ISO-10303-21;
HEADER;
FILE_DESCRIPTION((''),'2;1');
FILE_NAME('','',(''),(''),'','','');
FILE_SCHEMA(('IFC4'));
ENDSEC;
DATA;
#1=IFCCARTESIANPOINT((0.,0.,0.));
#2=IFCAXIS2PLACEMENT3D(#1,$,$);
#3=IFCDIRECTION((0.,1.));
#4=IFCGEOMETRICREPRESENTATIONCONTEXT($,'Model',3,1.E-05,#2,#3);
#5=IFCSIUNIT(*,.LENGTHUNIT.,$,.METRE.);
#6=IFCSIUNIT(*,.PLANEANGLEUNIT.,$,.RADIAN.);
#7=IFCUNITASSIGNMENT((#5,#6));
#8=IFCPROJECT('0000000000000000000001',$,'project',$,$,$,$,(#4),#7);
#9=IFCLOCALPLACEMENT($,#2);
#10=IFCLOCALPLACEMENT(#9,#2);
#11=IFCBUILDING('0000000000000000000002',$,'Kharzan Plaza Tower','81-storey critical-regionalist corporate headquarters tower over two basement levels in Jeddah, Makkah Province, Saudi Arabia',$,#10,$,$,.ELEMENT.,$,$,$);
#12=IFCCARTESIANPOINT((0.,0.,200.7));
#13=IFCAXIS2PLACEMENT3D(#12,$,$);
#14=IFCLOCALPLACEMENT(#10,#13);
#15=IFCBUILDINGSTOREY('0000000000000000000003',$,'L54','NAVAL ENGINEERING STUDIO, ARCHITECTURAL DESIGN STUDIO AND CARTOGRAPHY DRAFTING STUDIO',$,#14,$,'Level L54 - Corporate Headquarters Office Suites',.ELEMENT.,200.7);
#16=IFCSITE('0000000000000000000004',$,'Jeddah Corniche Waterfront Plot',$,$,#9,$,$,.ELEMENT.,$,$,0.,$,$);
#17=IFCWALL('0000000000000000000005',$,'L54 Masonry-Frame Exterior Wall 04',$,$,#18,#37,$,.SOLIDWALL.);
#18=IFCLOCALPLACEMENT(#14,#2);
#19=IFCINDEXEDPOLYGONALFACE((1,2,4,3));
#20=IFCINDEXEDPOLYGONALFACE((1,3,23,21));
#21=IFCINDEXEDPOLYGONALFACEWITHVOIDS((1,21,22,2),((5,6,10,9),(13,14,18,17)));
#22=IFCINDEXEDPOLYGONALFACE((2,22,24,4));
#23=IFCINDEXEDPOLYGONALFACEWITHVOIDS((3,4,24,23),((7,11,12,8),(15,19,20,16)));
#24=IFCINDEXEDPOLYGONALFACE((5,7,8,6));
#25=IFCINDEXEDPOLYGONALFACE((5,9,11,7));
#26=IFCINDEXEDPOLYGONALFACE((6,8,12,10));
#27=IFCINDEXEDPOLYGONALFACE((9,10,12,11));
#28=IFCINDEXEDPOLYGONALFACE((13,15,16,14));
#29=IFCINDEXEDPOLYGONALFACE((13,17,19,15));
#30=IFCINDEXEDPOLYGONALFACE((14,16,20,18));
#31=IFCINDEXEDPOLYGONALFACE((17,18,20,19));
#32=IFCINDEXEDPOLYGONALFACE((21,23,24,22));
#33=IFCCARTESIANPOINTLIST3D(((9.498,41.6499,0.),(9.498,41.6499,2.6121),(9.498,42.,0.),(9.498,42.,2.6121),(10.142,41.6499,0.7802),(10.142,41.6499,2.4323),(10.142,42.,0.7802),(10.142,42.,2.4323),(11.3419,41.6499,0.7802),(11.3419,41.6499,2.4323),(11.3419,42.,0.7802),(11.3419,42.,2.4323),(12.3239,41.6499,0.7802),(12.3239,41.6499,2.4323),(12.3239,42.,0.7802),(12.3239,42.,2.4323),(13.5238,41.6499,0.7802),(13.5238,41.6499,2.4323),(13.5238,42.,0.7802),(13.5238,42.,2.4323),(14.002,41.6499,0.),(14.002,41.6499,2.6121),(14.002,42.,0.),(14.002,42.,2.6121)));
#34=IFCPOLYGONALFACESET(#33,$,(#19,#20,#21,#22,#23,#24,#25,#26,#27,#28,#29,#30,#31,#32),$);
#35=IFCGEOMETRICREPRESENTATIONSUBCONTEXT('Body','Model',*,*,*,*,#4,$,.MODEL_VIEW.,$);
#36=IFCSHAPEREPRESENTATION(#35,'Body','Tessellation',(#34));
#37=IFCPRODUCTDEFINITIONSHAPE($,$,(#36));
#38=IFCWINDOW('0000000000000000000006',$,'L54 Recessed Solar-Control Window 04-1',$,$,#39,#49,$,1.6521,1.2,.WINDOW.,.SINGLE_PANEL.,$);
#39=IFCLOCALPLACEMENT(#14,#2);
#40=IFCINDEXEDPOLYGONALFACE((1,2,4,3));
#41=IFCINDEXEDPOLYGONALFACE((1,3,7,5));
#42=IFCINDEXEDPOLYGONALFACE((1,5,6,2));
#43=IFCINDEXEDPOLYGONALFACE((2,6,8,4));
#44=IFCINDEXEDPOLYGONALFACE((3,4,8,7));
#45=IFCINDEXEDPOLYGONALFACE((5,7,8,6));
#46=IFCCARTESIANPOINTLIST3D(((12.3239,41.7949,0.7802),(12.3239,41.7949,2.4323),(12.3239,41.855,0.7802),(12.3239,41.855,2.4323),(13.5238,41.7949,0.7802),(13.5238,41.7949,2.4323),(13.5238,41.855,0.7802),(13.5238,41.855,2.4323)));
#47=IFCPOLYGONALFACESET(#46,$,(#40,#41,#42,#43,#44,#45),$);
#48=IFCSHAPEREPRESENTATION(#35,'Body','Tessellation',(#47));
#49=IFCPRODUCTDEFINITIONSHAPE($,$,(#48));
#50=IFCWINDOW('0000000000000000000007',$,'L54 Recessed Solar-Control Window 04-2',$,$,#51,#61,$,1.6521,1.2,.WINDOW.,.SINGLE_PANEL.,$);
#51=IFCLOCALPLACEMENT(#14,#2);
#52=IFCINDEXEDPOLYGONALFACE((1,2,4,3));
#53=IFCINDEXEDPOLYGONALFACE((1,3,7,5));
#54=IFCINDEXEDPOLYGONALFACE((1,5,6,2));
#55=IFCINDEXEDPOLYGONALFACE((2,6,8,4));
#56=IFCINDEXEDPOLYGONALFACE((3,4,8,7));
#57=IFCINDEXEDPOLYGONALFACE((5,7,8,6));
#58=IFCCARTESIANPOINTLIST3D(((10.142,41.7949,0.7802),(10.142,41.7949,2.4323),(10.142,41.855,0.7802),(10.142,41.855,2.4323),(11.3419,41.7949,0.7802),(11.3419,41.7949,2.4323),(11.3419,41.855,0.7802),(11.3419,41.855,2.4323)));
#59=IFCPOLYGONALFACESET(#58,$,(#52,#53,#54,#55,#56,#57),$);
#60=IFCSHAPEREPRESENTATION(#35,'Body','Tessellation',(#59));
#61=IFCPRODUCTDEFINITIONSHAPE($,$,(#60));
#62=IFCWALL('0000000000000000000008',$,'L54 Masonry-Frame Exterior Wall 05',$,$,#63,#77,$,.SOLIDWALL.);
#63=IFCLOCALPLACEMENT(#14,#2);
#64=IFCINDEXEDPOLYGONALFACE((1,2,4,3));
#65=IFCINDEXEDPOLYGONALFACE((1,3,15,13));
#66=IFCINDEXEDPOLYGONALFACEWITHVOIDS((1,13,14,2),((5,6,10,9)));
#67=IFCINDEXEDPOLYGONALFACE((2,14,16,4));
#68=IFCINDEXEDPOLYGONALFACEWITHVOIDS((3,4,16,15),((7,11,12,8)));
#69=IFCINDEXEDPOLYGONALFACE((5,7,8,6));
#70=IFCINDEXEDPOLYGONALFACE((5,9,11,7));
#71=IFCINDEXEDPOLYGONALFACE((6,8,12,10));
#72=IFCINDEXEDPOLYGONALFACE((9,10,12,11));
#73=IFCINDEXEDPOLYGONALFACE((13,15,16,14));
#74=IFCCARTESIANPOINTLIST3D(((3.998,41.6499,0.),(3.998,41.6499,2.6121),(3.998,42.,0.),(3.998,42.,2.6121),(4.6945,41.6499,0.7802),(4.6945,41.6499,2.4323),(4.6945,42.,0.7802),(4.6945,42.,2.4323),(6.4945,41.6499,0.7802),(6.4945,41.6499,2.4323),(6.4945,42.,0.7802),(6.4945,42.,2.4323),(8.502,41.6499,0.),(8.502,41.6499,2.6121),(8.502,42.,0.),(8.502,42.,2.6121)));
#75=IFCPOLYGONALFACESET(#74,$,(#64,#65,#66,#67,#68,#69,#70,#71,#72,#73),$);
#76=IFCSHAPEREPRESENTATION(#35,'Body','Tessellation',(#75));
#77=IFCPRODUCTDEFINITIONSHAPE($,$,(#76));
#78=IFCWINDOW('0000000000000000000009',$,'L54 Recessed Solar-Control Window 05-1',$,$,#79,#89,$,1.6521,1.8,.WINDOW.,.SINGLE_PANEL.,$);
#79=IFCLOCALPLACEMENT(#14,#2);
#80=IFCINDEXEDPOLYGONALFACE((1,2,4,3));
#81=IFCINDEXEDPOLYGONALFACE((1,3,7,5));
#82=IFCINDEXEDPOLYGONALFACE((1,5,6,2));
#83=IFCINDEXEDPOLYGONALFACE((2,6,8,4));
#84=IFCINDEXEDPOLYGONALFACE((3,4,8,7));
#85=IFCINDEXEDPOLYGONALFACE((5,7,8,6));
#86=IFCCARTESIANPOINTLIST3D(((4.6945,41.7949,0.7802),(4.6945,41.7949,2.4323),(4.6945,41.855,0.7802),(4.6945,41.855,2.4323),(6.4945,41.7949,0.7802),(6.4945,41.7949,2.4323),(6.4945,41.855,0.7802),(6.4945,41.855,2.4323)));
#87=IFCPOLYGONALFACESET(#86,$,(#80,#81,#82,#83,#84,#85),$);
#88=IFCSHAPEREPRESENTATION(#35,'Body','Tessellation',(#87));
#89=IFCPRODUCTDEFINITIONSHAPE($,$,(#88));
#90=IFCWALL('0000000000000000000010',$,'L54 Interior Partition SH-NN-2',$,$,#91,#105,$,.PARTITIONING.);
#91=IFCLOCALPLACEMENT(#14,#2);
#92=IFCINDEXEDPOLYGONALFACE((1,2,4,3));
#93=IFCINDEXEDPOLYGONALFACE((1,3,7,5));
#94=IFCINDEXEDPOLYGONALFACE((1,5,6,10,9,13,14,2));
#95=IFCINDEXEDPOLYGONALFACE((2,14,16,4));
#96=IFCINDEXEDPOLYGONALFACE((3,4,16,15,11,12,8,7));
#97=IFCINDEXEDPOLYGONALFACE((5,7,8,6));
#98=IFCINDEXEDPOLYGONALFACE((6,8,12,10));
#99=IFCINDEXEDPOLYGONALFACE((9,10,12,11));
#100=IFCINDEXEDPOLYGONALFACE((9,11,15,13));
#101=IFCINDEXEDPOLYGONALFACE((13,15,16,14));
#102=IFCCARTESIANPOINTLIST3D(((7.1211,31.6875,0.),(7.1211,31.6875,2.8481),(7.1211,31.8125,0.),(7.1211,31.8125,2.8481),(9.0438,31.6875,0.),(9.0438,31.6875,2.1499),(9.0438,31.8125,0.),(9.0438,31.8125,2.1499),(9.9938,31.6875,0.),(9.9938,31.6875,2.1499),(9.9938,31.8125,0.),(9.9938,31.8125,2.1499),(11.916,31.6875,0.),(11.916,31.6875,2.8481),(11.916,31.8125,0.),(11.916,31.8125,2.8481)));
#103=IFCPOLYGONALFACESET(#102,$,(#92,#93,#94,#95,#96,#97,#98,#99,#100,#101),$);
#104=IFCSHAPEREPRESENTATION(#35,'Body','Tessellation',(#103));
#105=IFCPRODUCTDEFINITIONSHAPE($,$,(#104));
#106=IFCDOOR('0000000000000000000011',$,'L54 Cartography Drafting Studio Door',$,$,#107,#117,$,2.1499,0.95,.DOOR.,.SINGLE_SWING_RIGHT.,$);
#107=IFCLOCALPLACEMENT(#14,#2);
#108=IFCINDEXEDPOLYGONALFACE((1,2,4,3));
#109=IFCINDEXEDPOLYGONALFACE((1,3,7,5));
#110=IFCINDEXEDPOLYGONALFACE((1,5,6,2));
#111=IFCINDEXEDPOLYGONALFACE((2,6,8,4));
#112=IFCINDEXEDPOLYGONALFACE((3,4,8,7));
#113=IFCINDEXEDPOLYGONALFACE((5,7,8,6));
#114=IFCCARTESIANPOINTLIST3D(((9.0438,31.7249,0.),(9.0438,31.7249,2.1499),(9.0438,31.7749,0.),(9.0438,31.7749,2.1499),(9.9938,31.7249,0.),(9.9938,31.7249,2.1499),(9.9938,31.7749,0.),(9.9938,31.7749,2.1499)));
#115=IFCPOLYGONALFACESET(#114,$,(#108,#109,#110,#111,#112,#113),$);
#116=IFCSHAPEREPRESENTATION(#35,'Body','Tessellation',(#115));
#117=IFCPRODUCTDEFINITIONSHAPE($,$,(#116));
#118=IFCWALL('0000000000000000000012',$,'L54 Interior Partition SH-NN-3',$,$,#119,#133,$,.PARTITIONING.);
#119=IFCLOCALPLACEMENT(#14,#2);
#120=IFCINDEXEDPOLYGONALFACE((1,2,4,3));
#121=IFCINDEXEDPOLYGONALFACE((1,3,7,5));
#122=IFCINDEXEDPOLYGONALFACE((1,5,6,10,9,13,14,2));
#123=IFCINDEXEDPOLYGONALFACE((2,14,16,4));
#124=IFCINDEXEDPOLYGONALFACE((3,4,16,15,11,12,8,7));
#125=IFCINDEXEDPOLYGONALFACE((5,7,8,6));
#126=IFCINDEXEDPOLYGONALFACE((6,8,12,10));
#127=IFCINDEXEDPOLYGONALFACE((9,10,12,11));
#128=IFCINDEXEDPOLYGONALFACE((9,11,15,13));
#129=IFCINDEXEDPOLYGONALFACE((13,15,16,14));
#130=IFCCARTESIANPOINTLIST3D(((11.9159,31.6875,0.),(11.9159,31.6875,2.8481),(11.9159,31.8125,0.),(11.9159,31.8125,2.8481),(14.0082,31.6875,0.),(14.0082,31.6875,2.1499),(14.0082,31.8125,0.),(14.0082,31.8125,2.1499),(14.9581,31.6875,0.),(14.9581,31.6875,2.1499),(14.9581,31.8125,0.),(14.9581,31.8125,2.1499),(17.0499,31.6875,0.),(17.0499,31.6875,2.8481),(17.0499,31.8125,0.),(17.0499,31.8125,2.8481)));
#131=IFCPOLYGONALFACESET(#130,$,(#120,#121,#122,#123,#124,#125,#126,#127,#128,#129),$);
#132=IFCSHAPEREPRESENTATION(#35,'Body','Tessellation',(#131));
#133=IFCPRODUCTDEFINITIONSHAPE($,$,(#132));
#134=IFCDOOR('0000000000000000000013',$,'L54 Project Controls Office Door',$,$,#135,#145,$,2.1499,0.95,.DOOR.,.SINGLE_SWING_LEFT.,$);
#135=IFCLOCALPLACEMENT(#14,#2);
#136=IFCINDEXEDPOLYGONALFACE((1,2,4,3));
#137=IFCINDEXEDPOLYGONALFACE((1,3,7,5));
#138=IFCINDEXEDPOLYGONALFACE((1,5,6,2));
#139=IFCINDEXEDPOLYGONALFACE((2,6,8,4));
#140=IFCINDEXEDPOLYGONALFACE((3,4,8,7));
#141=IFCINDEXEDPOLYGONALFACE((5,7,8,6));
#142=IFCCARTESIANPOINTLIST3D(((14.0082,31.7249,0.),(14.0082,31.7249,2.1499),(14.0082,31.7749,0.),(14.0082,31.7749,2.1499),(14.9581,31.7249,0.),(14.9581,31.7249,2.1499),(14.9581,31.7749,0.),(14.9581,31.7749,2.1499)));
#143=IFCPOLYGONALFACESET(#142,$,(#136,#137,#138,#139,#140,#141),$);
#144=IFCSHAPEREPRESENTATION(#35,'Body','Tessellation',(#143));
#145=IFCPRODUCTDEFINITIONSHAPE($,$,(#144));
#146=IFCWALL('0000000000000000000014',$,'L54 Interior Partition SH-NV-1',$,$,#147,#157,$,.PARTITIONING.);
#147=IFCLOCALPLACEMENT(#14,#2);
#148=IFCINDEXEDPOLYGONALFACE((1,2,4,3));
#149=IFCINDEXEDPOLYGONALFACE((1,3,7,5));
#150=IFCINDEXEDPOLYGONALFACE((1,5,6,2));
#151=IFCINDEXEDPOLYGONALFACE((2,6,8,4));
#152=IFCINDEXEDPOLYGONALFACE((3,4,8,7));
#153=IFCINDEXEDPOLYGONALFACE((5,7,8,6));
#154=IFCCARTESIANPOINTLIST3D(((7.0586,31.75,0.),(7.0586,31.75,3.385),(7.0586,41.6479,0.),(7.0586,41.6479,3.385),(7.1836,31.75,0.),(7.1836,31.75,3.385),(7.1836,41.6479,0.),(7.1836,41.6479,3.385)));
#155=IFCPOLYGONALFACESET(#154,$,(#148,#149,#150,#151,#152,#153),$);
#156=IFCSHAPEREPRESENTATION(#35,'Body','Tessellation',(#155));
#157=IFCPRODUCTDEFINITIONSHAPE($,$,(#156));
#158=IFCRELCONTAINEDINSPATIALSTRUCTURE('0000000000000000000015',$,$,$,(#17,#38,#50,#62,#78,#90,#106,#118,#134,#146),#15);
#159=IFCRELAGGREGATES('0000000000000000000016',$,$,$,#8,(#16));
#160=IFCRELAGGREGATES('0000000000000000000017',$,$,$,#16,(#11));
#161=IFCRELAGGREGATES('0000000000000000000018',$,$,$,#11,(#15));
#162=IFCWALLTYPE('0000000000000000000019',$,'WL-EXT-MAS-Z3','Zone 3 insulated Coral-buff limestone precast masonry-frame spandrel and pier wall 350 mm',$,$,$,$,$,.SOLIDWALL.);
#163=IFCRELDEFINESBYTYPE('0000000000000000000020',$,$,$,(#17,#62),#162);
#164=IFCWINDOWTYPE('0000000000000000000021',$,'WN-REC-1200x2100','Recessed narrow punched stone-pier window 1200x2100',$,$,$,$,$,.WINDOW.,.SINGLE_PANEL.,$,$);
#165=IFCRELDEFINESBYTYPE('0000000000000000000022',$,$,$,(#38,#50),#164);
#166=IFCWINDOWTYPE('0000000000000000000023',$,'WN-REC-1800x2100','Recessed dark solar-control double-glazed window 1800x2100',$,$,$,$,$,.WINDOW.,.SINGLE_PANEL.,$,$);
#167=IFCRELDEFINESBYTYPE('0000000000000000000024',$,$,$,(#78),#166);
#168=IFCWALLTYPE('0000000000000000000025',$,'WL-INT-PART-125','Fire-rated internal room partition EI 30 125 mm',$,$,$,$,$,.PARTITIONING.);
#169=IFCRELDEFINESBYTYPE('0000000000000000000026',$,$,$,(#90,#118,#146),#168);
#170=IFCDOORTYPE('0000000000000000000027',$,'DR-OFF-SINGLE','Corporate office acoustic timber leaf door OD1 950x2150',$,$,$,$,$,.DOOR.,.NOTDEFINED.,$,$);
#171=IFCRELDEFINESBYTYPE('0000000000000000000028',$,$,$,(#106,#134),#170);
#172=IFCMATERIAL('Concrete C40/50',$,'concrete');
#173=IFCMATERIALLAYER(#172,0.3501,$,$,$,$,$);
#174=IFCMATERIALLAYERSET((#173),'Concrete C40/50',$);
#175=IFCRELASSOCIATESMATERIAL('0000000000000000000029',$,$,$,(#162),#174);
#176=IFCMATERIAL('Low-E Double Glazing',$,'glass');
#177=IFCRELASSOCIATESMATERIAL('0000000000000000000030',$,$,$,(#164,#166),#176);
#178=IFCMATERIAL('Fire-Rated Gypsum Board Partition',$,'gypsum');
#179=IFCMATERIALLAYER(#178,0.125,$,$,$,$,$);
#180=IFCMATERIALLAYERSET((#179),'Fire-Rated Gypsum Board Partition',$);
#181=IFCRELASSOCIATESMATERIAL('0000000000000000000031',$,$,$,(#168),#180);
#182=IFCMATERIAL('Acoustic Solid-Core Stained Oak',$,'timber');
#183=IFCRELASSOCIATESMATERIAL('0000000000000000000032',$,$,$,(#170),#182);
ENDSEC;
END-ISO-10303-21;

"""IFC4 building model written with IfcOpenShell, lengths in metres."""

from ifc_helpers import new_model, si_unit, direction, frame, frame_2d, origin, place, context, subcontext, project, spatial, rectangle, extrude, source, transform, mapped, material, layer, layer_set, type_object, element, fill, save


model = new_model("IFC4")

# Units and contexts
model_context = context("Model", 3, precision=1e-05, world=origin(), true_north=direction((0.0, 1.0)))
body_context = subcontext(model_context, "Body", "Model", "MODEL_VIEW")
ifc_project = project(units=[si_unit("LENGTHUNIT", "METRE"), si_unit("PLANEANGLEUNIT", "RADIAN")], contexts=[model_context])

# Site, building, storey
site_placement = place(None, origin())
site = spatial("IfcSite", under=ifc_project, at=site_placement, Name="Jeddah Corniche Waterfront Plot", CompositionType="ELEMENT", RefElevation=0.0)
building_placement = place(site_placement, origin())
building = spatial("IfcBuilding", under=site, at=building_placement, Name="Kharzan Plaza Tower", Description="81-storey critical-regionalist corporate headquarters tower over two basement levels in Jeddah, Makkah Province, Saudi Arabia", CompositionType="ELEMENT")
storey_placement = place(building_placement, frame((0.0, 0.0, 200.7)))
storey = spatial("IfcBuildingStorey", under=building, at=storey_placement, Name="L54", Description="NAVAL ENGINEERING STUDIO, ARCHITECTURAL DESIGN STUDIO AND CARTOGRAPHY DRAFTING STUDIO", LongName="Level L54 - Corporate Headquarters Office Suites", CompositionType="ELEMENT", Elevation=200.7)

# Shared definitions
ifc_material_1 = material(Name="Concrete C40/50", Category="concrete")
ifc_layer_1 = layer(ifc_material_1, 0.3501)
ifc_layer_set_1 = layer_set([ifc_layer_1], Name="Concrete C40/50")
wall_type_1 = type_object("IfcWallType", Name="WL-EXT-MAS-Z3", Description="Zone 3 insulated Coral-buff limestone precast masonry-frame spandrel and pier wall 350 mm", PredefinedType="SOLIDWALL", material=ifc_layer_set_1)
ifc_material_2 = material(Name="Low-E Double Glazing", Category="glass")
window_type_1 = type_object("IfcWindowType", Name="WN-REC-1200x2100", Description="Recessed narrow punched stone-pier window 1200x2100", PartitioningType="SINGLE_PANEL", PredefinedType="WINDOW", material=ifc_material_2)

# Wall, openings, windows
wall_1_placement = place(storey_placement, frame((14.002, 41.825, 0.0), z_axis=(0.0, 0.0, 1.0), x_axis=(-1.0, 0.0, 0.0)))
wall_1 = element("IfcWall", 1, at=wall_1_placement, inside=storey, type_object=wall_type_1, Name="L54 Masonry-Frame Exterior Wall 04", PredefinedType="SOLIDWALL", context=body_context, shape_type="SweptSolid", body=[
    extrude(rectangle(XDim=4.5039, YDim=0.3501, at=frame_2d((2.252, 0.0))), origin(), (0.0, 0.0, 1.0), 2.6121),
])
opening_1_placement = place(wall_1_placement, frame((0.478, 0.0, 0.78)))
opening_1 = element("IfcOpeningElement", 2, at=opening_1_placement, cuts=wall_1, PredefinedType="OPENING", context=body_context, shape_type="SweptSolid", body=[
    extrude(rectangle(XDim=1.2, YDim=1.6521, at=frame_2d((0.6001, 0.8262))), frame((0.0, 0.1851, 0.0), z_axis=(0.0, -1.0, 0.0), x_axis=(1.0, 0.0, 0.0)), (0.0, 0.0, 1.0), 0.3701),
])
opening_2_placement = place(wall_1_placement, frame((2.6599, 0.0, 0.78)))
opening_2 = element("IfcOpeningElement", 3, at=opening_2_placement, cuts=wall_1, PredefinedType="OPENING", context=body_context, shape_type="SweptSolid", body=[
    extrude(rectangle(XDim=1.2, YDim=1.6521, at=frame_2d((0.6001, 0.8262))), frame((0.0, 0.1851, 0.0), z_axis=(0.0, -1.0, 0.0), x_axis=(1.0, 0.0, 0.0)), (0.0, 0.0, 1.0), 0.3701),
])
shared_shape_1 = source(origin(), body_context, "Body", "SweptSolid", [
    extrude(rectangle(XDim=1.2, YDim=1.6521, at=frame_2d((0.6001, 0.8262))), frame((0.0, 0.03, 0.0), z_axis=(0.0, -1.0, 0.0), x_axis=(1.0, 0.0, 0.0)), (0.0, 0.0, 1.0), 0.0601),
])
window_1_placement = place(opening_1_placement, origin())
window_1 = element("IfcWindow", 4, at=window_1_placement, inside=storey, type_object=window_type_1, Name="L54 Recessed Solar-Control Window 04-1", OverallHeight=1.6521, OverallWidth=1.2, PartitioningType="SINGLE_PANEL", PredefinedType="WINDOW", context=body_context, shape_type="MappedRepresentation", body=[
    mapped(shared_shape_1, transform((0.0, 0.0, 0.0), x_axis=(1.0, 0.0, 0.0), y_axis=(0.0, 1.0, 0.0), z_axis=(0.0, 0.0, 1.0))),
])
fill(opening_1, window_1)
window_2_placement = place(opening_2_placement, origin())
window_2 = element("IfcWindow", 5, at=window_2_placement, inside=storey, type_object=window_type_1, Name="L54 Recessed Solar-Control Window 04-2", OverallHeight=1.6521, OverallWidth=1.2, PartitioningType="SINGLE_PANEL", PredefinedType="WINDOW", context=body_context, shape_type="MappedRepresentation", body=[
    mapped(shared_shape_1, transform((0.0, 0.0, 0.0), x_axis=(1.0, 0.0, 0.0), y_axis=(0.0, 1.0, 0.0), z_axis=(0.0, 0.0, 1.0))),
])
fill(opening_2, window_2)

# Wall, opening, window
wall_2_placement = place(storey_placement, frame((8.502, 41.825, 0.0), z_axis=(0.0, 0.0, 1.0), x_axis=(-1.0, 0.0, 0.0)))
wall_2 = element("IfcWall", 6, at=wall_2_placement, inside=storey, type_object=wall_type_1, Name="L54 Masonry-Frame Exterior Wall 05", PredefinedType="SOLIDWALL", context=body_context, shape_type="SweptSolid", body=[
    extrude(rectangle(XDim=4.5039, YDim=0.3501, at=frame_2d((2.252, 0.0))), origin(), (0.0, 0.0, 1.0), 2.6121),
])
opening_3_placement = place(wall_2_placement, frame((2.0076, 0.0, 0.78)))
opening_3 = element("IfcOpeningElement", 7, at=opening_3_placement, cuts=wall_2, PredefinedType="OPENING", context=body_context, shape_type="SweptSolid", body=[
    extrude(rectangle(XDim=1.8, YDim=1.6521, at=frame_2d((0.8999, 0.8262))), frame((0.0, 0.1851, 0.0), z_axis=(0.0, -1.0, 0.0), x_axis=(1.0, 0.0, 0.0)), (0.0, 0.0, 1.0), 0.3701),
])
window_type_2 = type_object("IfcWindowType", Name="WN-REC-1800x2100", Description="Recessed dark solar-control double-glazed window 1800x2100", PartitioningType="SINGLE_PANEL", PredefinedType="WINDOW", material=ifc_material_2)
shared_shape_2 = source(origin(), body_context, "Body", "SweptSolid", [
    extrude(rectangle(XDim=1.8, YDim=1.6521, at=frame_2d((0.8999, 0.8262))), frame((0.0, 0.03, 0.0), z_axis=(0.0, -1.0, 0.0), x_axis=(1.0, 0.0, 0.0)), (0.0, 0.0, 1.0), 0.0601),
])
window_3_placement = place(opening_3_placement, origin())
window_3 = element("IfcWindow", 8, at=window_3_placement, inside=storey, type_object=window_type_2, Name="L54 Recessed Solar-Control Window 05-1", OverallHeight=1.6521, OverallWidth=1.8, PartitioningType="SINGLE_PANEL", PredefinedType="WINDOW", context=body_context, shape_type="MappedRepresentation", body=[
    mapped(shared_shape_2, transform((0.0, 0.0, 0.0), x_axis=(1.0, 0.0, 0.0), y_axis=(0.0, 1.0, 0.0), z_axis=(0.0, 0.0, 1.0))),
])
fill(opening_3, window_3)

# Walls, openings, doors
ifc_material_3 = material(Name="Fire-Rated Gypsum Board Partition", Category="gypsum")
ifc_layer_2 = layer(ifc_material_3, 0.125)
ifc_layer_set_2 = layer_set([ifc_layer_2], Name="Fire-Rated Gypsum Board Partition")
wall_type_2 = type_object("IfcWallType", Name="WL-INT-PART-125", Description="Fire-rated internal room partition EI 30 125 mm", PredefinedType="PARTITIONING", material=ifc_layer_set_2)
wall_3_placement = place(storey_placement, frame((7.1211, 31.75, 0.0), z_axis=(0.0, 0.0, 1.0), x_axis=(1.0, 0.0, 0.0)))
wall_3 = element("IfcWall", 9, at=wall_3_placement, inside=storey, type_object=wall_type_2, Name="L54 Interior Partition SH-NN-2", PredefinedType="PARTITIONING", context=body_context, shape_type="SweptSolid", body=[
    extrude(rectangle(XDim=4.7949, YDim=0.125, at=frame_2d((2.3975, 0.0))), origin(), (0.0, 0.0, 1.0), 2.8481),
])
opening_4_placement = place(wall_3_placement, frame((1.9226, 0.0, 0.0)))
opening_4 = element("IfcOpeningElement", 10, at=opening_4_placement, cuts=wall_3, PredefinedType="OPENING", context=body_context, shape_type="SweptSolid", body=[
    extrude(rectangle(XDim=0.95, YDim=2.1499, at=frame_2d((0.4751, 1.075))), frame((0.0, 0.0725, 0.0), z_axis=(0.0, -1.0, 0.0), x_axis=(1.0, 0.0, 0.0)), (0.0, 0.0, 1.0), 0.145),
])
ifc_material_4 = material(Name="Acoustic Solid-Core Stained Oak", Category="timber")
door_type = type_object("IfcDoorType", Name="DR-OFF-SINGLE", Description="Corporate office acoustic timber leaf door OD1 950x2150", OperationType="NOTDEFINED", PredefinedType="DOOR", material=ifc_material_4)
shared_shape_3 = source(origin(), body_context, "Body", "SweptSolid", [
    extrude(rectangle(XDim=0.95, YDim=2.1499, at=frame_2d((0.4751, 1.075))), frame((0.0, 0.0249, 0.0), z_axis=(0.0, -1.0, 0.0), x_axis=(1.0, 0.0, 0.0)), (0.0, 0.0, 1.0), 0.05),
])
door_1_placement = place(opening_4_placement, origin())
door_1 = element("IfcDoor", 11, at=door_1_placement, inside=storey, type_object=door_type, Name="L54 Cartography Drafting Studio Door", OperationType="SINGLE_SWING_RIGHT", OverallHeight=2.1499, OverallWidth=0.95, PredefinedType="DOOR", context=body_context, shape_type="MappedRepresentation", body=[
    mapped(shared_shape_3, transform((0.0, 0.0, 0.0), x_axis=(1.0, 0.0, 0.0), y_axis=(0.0, 1.0, 0.0), z_axis=(0.0, 0.0, 1.0))),
])
fill(opening_4, door_1)
wall_4_placement = place(storey_placement, frame((11.916, 31.75, 0.0), z_axis=(0.0, 0.0, 1.0), x_axis=(1.0, 0.0, 0.0)))
wall_4 = element("IfcWall", 12, at=wall_4_placement, inside=storey, type_object=wall_type_2, Name="L54 Interior Partition SH-NN-3", PredefinedType="PARTITIONING", context=body_context, shape_type="SweptSolid", body=[
    extrude(rectangle(XDim=5.134, YDim=0.125, at=frame_2d((2.5669, 0.0))), origin(), (0.0, 0.0, 1.0), 2.8481),
])
opening_5_placement = place(wall_4_placement, frame((2.092, 0.0, 0.0)))
opening_5 = element("IfcOpeningElement", 13, at=opening_5_placement, cuts=wall_4, PredefinedType="OPENING", context=body_context, shape_type="SweptSolid", body=[
    extrude(rectangle(XDim=0.95, YDim=2.1499, at=frame_2d((0.4751, 1.075))), frame((0.0, 0.0725, 0.0), z_axis=(0.0, -1.0, 0.0), x_axis=(1.0, 0.0, 0.0)), (0.0, 0.0, 1.0), 0.145),
])
door_2_placement = place(opening_5_placement, origin())
door_2 = element("IfcDoor", 14, at=door_2_placement, inside=storey, type_object=door_type, Name="L54 Project Controls Office Door", OperationType="SINGLE_SWING_LEFT", OverallHeight=2.1499, OverallWidth=0.95, PredefinedType="DOOR", context=body_context, shape_type="MappedRepresentation", body=[
    mapped(shared_shape_3, transform((0.0, 0.0, 0.0), x_axis=(1.0, 0.0, 0.0), y_axis=(0.0, 1.0, 0.0), z_axis=(0.0, 0.0, 1.0))),
])
fill(opening_5, door_2)

# Wall
shared_shape_4 = source(origin(), body_context, "Body", "SweptSolid", [
    extrude(rectangle(XDim=9.8979, YDim=0.125, at=frame_2d((4.949, 0.0))), origin(), (0.0, 0.0, 1.0), 3.385),
])
for number, where, z_axis, x_axis, name in (
    (15, (7.1211, 31.75, 0.0), (0.0, 0.0, 1.0), (0.0, 1.0, 0.0), "L54 Interior Partition SH-NV-1"),
):
    element("IfcWall", number, at=place(storey_placement, frame(where, z_axis=z_axis, x_axis=x_axis)), inside=storey, type_object=wall_type_2, Name=name, PredefinedType="PARTITIONING", context=body_context, shape_type="MappedRepresentation", body=[
        mapped(shared_shape_4, transform((0.0, 0.0, 0.0), x_axis=(1.0, 0.0, 0.0), y_axis=(0.0, 1.0, 0.0), z_axis=(0.0, 0.0, 1.0))),
    ])

save(model, "model.ifc")
